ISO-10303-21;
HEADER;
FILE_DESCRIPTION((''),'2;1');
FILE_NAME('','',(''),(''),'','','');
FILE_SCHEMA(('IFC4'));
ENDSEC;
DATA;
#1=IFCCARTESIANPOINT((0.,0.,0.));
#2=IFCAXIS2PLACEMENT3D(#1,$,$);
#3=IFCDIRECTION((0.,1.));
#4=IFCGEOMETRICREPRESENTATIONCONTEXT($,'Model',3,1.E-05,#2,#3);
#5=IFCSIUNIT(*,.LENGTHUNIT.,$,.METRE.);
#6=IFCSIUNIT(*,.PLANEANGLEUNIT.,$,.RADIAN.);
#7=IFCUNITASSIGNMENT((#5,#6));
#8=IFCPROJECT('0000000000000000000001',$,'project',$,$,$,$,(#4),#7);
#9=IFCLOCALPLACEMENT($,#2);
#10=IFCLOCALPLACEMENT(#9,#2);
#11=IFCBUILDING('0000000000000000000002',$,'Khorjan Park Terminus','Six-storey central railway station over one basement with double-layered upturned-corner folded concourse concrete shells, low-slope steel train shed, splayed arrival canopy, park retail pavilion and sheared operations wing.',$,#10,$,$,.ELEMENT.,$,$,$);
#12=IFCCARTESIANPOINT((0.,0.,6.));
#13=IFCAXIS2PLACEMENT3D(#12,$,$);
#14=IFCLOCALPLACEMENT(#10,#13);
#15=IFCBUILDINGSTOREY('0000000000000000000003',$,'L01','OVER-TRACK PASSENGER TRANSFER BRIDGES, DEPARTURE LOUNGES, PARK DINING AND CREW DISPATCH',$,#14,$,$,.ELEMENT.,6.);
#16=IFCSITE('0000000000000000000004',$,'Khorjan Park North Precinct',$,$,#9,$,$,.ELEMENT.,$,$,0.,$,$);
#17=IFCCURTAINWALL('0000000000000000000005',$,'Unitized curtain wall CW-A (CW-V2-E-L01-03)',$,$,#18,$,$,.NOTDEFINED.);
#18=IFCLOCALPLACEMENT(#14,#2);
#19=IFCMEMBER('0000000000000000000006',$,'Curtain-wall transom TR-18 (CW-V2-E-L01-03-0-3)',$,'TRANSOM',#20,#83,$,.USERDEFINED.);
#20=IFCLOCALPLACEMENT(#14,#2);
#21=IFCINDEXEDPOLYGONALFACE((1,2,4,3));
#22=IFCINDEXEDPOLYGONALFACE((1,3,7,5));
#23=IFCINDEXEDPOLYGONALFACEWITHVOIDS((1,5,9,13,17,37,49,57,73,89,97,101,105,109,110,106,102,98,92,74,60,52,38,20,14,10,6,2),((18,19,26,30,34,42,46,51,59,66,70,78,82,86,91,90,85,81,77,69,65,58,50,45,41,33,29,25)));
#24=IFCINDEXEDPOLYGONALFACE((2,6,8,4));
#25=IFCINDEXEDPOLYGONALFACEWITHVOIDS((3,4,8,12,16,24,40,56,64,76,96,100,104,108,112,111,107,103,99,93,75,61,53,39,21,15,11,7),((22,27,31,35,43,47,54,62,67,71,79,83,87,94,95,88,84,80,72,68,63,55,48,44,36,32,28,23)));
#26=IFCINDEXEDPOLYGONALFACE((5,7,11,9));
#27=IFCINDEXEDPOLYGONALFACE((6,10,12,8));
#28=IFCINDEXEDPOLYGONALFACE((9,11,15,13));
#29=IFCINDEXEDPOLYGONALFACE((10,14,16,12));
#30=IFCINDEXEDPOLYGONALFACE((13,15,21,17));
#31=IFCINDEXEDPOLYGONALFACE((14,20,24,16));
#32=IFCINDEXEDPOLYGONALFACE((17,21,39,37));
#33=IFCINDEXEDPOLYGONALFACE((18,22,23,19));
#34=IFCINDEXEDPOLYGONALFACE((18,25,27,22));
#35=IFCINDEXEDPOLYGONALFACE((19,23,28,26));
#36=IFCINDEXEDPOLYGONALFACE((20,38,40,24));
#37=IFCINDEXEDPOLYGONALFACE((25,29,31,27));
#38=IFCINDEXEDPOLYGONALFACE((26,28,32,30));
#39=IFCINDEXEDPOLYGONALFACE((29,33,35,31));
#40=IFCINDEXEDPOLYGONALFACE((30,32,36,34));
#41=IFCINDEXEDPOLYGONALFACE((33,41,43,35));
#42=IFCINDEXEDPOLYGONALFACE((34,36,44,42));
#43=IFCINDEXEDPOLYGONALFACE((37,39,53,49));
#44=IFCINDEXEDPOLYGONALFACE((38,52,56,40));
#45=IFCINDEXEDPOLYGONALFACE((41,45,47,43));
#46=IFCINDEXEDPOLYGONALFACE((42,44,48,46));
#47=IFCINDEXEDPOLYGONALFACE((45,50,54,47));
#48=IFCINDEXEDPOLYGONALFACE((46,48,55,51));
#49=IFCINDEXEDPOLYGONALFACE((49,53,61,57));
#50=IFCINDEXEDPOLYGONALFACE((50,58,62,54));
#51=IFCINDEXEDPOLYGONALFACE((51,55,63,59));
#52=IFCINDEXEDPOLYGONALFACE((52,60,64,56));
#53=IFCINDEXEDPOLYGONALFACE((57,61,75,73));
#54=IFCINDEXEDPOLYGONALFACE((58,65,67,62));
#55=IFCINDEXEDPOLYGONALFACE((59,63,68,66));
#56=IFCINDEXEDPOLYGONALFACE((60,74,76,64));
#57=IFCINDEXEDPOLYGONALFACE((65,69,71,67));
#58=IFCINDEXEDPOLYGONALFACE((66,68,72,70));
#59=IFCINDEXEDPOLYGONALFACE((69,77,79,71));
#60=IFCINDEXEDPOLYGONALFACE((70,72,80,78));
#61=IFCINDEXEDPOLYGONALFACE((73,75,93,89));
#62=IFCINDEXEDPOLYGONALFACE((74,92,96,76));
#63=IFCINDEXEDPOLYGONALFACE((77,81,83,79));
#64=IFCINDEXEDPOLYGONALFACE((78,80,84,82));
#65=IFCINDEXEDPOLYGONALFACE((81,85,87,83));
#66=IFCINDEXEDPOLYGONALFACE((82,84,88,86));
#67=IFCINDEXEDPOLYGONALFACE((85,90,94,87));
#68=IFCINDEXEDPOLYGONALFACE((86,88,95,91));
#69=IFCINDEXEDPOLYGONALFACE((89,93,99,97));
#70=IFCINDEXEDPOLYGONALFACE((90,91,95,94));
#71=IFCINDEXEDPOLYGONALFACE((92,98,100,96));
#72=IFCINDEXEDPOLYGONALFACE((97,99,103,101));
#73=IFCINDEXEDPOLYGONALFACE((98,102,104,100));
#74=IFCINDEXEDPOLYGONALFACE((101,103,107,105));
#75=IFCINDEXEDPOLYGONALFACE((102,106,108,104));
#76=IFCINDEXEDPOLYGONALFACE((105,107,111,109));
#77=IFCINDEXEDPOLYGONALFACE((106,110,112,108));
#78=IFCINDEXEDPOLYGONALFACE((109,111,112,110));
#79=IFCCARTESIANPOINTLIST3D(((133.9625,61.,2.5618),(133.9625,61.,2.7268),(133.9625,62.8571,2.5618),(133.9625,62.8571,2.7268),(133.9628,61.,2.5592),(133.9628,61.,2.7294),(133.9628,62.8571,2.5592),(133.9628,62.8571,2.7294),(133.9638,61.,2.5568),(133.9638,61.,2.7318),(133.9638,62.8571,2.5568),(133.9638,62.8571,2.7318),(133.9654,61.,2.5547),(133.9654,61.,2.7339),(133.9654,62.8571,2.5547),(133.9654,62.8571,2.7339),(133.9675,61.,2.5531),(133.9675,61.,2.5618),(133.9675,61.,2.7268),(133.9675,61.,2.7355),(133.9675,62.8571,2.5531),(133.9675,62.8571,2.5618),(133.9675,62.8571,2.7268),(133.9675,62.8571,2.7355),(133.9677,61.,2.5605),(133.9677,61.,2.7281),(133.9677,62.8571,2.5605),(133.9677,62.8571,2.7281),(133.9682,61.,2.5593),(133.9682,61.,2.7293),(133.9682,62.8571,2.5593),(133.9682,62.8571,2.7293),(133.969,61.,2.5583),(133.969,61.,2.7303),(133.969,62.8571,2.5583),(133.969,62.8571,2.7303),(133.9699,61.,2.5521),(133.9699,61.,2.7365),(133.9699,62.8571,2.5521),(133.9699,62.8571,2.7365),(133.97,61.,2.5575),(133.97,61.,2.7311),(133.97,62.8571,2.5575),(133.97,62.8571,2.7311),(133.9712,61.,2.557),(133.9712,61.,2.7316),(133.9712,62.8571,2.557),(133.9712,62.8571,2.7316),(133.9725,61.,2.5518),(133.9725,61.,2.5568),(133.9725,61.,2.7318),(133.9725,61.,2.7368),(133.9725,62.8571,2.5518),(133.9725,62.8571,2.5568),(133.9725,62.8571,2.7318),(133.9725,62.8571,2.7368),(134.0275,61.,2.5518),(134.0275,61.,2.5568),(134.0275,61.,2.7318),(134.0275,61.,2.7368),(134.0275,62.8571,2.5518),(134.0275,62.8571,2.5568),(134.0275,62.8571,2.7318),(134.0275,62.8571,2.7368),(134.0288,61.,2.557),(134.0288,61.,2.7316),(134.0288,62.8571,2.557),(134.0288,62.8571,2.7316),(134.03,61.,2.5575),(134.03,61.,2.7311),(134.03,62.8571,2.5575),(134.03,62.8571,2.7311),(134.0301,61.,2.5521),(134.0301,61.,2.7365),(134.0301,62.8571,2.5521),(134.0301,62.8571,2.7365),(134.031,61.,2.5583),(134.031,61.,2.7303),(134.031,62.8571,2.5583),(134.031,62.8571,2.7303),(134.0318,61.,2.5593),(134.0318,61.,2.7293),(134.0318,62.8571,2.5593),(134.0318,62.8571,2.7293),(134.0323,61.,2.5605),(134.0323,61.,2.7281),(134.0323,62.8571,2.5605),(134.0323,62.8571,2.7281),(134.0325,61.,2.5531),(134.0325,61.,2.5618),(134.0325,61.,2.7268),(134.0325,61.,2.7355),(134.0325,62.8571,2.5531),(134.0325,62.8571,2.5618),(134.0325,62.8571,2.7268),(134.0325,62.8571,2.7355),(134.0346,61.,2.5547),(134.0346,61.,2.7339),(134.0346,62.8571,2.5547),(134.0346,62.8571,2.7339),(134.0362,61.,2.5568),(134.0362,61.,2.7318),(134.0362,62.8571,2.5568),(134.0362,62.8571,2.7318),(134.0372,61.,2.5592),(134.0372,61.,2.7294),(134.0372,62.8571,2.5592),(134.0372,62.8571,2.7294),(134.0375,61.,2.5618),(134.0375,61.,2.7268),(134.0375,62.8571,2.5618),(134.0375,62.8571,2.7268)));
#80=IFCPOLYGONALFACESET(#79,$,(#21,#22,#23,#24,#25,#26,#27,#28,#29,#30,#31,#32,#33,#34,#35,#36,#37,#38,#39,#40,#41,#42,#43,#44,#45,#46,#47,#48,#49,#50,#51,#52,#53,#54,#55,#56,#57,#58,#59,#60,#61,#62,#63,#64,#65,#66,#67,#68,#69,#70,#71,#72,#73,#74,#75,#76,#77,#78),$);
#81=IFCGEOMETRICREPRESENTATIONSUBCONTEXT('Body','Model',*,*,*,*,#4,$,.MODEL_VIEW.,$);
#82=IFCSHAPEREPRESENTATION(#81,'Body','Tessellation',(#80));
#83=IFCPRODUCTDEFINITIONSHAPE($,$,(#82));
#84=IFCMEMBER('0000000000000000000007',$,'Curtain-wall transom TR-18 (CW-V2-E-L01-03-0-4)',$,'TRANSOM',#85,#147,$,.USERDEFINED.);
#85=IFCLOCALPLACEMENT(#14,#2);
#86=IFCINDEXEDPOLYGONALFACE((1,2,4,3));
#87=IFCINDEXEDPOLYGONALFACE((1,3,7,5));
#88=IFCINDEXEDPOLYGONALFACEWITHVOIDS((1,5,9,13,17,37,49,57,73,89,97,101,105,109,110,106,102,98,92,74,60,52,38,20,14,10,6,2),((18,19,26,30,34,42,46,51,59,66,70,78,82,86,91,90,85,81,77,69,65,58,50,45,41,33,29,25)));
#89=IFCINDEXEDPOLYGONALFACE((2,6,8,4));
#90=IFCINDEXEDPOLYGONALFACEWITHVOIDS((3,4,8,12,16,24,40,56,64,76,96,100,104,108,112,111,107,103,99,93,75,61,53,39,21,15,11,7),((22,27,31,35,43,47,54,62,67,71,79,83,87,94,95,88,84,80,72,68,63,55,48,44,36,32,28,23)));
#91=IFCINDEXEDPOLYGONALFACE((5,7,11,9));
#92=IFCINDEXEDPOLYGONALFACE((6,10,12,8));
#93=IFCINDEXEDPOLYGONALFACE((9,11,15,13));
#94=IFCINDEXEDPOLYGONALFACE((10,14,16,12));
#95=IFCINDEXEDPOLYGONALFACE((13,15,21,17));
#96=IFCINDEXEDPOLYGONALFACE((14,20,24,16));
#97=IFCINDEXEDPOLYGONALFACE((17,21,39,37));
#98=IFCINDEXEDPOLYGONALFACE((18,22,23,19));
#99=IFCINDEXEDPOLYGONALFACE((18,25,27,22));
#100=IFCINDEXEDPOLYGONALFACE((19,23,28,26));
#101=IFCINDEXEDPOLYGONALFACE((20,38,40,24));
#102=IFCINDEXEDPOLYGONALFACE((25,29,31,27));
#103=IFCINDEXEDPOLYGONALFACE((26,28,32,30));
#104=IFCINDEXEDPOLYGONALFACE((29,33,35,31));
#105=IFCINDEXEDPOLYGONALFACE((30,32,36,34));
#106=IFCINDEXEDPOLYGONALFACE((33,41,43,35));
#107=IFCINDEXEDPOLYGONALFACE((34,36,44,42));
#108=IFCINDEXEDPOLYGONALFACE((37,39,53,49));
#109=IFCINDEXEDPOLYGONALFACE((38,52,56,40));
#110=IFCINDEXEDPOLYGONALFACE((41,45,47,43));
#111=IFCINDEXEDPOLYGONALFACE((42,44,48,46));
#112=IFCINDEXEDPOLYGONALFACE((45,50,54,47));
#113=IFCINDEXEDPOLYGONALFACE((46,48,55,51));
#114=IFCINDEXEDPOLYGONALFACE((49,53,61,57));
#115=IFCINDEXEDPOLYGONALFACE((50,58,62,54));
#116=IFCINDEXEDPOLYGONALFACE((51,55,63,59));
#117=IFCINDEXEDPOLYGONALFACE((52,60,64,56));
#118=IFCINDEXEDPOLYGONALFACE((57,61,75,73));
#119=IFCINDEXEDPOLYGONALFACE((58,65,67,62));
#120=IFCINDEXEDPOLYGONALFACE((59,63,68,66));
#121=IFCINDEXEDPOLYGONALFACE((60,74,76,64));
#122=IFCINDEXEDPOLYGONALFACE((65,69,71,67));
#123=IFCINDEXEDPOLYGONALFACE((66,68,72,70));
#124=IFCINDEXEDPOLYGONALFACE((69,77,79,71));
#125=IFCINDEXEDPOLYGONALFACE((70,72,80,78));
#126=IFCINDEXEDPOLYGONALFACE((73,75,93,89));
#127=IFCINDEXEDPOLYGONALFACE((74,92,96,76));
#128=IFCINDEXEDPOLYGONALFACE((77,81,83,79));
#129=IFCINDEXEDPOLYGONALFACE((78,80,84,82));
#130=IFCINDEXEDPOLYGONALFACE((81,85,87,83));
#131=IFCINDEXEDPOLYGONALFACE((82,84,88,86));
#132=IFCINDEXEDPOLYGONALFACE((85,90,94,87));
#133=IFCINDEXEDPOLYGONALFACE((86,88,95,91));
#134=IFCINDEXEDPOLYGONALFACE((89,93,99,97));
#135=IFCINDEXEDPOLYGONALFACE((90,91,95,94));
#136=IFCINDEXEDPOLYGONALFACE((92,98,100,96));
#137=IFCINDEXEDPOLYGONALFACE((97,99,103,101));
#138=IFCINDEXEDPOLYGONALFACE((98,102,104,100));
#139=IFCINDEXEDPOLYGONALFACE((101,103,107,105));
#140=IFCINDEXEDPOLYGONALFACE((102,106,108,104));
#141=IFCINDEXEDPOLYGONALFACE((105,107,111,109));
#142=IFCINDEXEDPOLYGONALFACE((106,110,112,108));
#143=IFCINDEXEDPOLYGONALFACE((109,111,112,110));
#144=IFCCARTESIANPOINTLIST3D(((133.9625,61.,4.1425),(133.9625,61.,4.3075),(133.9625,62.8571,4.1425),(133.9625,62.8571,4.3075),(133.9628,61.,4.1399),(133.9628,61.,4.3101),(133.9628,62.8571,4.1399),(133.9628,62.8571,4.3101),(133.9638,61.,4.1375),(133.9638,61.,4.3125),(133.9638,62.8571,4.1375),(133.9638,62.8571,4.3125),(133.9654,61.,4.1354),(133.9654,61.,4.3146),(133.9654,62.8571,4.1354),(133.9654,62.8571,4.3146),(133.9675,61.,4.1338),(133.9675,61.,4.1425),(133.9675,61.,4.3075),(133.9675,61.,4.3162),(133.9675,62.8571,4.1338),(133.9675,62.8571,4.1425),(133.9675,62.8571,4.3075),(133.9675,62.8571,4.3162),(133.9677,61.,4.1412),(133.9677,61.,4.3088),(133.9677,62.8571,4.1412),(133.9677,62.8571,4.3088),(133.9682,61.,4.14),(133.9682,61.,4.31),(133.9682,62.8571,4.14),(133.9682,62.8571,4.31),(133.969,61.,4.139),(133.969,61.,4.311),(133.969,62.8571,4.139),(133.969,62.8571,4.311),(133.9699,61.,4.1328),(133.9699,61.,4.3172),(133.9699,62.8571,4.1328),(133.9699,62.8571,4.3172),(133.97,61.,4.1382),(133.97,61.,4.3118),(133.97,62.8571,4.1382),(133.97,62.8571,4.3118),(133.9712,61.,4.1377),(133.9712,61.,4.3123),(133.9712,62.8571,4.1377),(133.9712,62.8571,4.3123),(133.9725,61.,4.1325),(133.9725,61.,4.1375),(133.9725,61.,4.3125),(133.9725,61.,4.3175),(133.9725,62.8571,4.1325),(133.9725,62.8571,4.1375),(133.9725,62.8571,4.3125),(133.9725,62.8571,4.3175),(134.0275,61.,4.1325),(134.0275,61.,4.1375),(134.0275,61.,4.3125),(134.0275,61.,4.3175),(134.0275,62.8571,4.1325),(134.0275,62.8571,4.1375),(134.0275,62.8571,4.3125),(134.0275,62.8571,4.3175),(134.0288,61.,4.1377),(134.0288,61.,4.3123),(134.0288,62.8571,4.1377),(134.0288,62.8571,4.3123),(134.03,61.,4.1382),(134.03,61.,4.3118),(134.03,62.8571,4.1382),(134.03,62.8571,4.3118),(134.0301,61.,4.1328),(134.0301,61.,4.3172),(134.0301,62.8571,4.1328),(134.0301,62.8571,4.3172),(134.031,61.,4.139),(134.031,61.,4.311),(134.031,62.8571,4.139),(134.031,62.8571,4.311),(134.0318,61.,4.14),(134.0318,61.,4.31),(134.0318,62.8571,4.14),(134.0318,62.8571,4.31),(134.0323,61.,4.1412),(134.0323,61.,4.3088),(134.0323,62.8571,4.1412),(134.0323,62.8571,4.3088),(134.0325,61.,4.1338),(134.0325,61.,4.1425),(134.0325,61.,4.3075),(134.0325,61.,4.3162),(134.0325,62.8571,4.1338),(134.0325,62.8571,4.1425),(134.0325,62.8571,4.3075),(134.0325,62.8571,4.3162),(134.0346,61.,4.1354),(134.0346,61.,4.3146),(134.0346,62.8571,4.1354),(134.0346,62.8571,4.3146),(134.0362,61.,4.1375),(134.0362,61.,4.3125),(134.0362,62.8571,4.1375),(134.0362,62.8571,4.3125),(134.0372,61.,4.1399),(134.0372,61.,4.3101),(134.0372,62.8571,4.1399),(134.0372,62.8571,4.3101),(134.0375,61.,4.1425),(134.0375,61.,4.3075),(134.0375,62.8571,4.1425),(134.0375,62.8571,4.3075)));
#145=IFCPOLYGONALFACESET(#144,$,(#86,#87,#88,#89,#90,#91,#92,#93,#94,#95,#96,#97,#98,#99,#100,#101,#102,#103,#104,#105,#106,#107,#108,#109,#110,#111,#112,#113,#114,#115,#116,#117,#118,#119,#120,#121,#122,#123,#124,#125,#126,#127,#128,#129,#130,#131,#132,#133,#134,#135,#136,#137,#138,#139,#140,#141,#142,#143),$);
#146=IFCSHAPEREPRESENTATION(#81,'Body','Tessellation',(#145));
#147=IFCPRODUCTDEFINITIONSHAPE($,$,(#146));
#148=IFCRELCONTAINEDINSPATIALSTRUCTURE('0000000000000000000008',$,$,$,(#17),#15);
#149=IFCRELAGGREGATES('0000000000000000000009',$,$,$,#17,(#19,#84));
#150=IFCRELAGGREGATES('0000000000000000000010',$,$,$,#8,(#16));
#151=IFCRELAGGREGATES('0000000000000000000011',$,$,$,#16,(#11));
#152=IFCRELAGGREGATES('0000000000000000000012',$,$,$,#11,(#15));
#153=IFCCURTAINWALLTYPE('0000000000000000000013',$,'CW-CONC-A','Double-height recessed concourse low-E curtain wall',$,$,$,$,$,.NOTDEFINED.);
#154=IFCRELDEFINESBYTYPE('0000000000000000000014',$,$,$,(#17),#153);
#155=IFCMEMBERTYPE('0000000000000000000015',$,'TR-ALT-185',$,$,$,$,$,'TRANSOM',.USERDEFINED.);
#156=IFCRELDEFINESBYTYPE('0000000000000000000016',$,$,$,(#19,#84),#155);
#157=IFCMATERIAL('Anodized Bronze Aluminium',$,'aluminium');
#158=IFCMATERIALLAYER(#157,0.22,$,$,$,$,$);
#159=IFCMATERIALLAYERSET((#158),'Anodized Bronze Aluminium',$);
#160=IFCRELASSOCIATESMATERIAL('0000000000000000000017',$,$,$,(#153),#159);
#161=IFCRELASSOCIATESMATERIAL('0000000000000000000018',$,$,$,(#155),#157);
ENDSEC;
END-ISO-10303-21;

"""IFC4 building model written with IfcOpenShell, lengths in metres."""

from ifc_helpers import new_model, si_unit, direction, frame, origin, origin_2d, place, context, subcontext, project, spatial, hollow_rectangle, extrude, material, layer, layer_set, material_profile, profile_set, type_object, element, aggregate, save


model = new_model("IFC4")

# Units and contexts
model_context = context("Model", 3, precision=1e-05, world=origin(), true_north=direction((0.0, 1.0)))
body_context = subcontext(model_context, "Body", "Model", "MODEL_VIEW")
ifc_project = project(units=[si_unit("LENGTHUNIT", "METRE"), si_unit("PLANEANGLEUNIT", "RADIAN")], contexts=[model_context])

# Site, building, storey
site_placement = place(None, origin())
site = spatial("IfcSite", under=ifc_project, at=site_placement, Name="Khorjan Park North Precinct", CompositionType="ELEMENT", RefElevation=0.0)
building_placement = place(site_placement, origin())
building = spatial("IfcBuilding", under=site, at=building_placement, Name="Khorjan Park Terminus", Description="Six-storey central railway station over one basement with double-layered upturned-corner folded concourse concrete shells, low-slope steel train shed, splayed arrival canopy, park retail pavilion and sheared operations wing.", CompositionType="ELEMENT")
storey_placement = place(building_placement, frame((0.0, 0.0, 6.0)))
storey = spatial("IfcBuildingStorey", under=building, at=storey_placement, Name="L01", Description="OVER-TRACK PASSENGER TRANSFER BRIDGES, DEPARTURE LOUNGES, PARK DINING AND CREW DISPATCH", CompositionType="ELEMENT", Elevation=6.0)

# Shared definitions
ifc_material_1 = material(Name="Anodized Bronze Aluminium", Category="aluminium")
ifc_layer_1 = layer(ifc_material_1, 0.22)
ifc_layer_set_1 = layer_set([ifc_layer_1], Name="Anodized Bronze Aluminium")
curtain_wall_type = type_object("IfcCurtainWallType", Name="CW-CONC-A", Description="Double-height recessed concourse low-E curtain wall", PredefinedType="NOTDEFINED", material=ifc_layer_set_1)

# Curtain wall
curtain_wall_1_placement = place(storey_placement, origin())
curtain_wall_1 = element("IfcCurtainWall", 1, at=curtain_wall_1_placement, inside=storey, type_object=curtain_wall_type, Name="Unitized curtain wall CW-A (CW-V2-E-L01-03)", PredefinedType="NOTDEFINED")

# Members
ifc_material_profile_1 = material_profile(ifc_material_1, hollow_rectangle(XDim=0.075, YDim=0.185, WallThickness=0.005, InnerFilletRadius=0.005, OuterFilletRadius=0.01, at=origin_2d()), Name="ALT 75x185x5")
ifc_profile_set_1 = profile_set([ifc_material_profile_1], Name="Anodized Bronze Aluminium")
member_type_1 = type_object("IfcMemberType", Name="TR-ALT-185", ElementType="TRANSOM", PredefinedType="USERDEFINED", material=ifc_profile_set_1)
member_1_placement = place(storey_placement, frame((134.0, 61.0, 2.6443), z_axis=(0.0, 1.0, 0.0), x_axis=(-1.0, 0.0, 0.0)))
member_1 = element("IfcMember", 2, at=member_1_placement, type_object=member_type_1, Name="Curtain-wall transom TR-18 (CW-V2-E-L01-03-0-3)", ObjectType="TRANSOM", PredefinedType="USERDEFINED", context=body_context, shape_type="SweptSolid", body=[
    extrude(hollow_rectangle(XDim=0.075, YDim=0.185, WallThickness=0.005, InnerFilletRadius=0.005, OuterFilletRadius=0.01, at=origin_2d()), origin(), (0.0, 0.0, 1.0), 1.8571),
])
member_2_placement = place(storey_placement, frame((134.0, 61.0, 4.225), z_axis=(0.0, 1.0, 0.0), x_axis=(-1.0, 0.0, 0.0)))
member_2 = element("IfcMember", 3, at=member_2_placement, type_object=member_type_1, Name="Curtain-wall transom TR-18 (CW-V2-E-L01-03-0-4)", ObjectType="TRANSOM", PredefinedType="USERDEFINED", context=body_context, shape_type="SweptSolid", body=[
    extrude(hollow_rectangle(XDim=0.075, YDim=0.185, WallThickness=0.005, InnerFilletRadius=0.005, OuterFilletRadius=0.01, at=origin_2d()), origin(), (0.0, 0.0, 1.0), 1.8571),
])

aggregate(curtain_wall_1, [member_1, member_2])

save(model, "model.ifc")
